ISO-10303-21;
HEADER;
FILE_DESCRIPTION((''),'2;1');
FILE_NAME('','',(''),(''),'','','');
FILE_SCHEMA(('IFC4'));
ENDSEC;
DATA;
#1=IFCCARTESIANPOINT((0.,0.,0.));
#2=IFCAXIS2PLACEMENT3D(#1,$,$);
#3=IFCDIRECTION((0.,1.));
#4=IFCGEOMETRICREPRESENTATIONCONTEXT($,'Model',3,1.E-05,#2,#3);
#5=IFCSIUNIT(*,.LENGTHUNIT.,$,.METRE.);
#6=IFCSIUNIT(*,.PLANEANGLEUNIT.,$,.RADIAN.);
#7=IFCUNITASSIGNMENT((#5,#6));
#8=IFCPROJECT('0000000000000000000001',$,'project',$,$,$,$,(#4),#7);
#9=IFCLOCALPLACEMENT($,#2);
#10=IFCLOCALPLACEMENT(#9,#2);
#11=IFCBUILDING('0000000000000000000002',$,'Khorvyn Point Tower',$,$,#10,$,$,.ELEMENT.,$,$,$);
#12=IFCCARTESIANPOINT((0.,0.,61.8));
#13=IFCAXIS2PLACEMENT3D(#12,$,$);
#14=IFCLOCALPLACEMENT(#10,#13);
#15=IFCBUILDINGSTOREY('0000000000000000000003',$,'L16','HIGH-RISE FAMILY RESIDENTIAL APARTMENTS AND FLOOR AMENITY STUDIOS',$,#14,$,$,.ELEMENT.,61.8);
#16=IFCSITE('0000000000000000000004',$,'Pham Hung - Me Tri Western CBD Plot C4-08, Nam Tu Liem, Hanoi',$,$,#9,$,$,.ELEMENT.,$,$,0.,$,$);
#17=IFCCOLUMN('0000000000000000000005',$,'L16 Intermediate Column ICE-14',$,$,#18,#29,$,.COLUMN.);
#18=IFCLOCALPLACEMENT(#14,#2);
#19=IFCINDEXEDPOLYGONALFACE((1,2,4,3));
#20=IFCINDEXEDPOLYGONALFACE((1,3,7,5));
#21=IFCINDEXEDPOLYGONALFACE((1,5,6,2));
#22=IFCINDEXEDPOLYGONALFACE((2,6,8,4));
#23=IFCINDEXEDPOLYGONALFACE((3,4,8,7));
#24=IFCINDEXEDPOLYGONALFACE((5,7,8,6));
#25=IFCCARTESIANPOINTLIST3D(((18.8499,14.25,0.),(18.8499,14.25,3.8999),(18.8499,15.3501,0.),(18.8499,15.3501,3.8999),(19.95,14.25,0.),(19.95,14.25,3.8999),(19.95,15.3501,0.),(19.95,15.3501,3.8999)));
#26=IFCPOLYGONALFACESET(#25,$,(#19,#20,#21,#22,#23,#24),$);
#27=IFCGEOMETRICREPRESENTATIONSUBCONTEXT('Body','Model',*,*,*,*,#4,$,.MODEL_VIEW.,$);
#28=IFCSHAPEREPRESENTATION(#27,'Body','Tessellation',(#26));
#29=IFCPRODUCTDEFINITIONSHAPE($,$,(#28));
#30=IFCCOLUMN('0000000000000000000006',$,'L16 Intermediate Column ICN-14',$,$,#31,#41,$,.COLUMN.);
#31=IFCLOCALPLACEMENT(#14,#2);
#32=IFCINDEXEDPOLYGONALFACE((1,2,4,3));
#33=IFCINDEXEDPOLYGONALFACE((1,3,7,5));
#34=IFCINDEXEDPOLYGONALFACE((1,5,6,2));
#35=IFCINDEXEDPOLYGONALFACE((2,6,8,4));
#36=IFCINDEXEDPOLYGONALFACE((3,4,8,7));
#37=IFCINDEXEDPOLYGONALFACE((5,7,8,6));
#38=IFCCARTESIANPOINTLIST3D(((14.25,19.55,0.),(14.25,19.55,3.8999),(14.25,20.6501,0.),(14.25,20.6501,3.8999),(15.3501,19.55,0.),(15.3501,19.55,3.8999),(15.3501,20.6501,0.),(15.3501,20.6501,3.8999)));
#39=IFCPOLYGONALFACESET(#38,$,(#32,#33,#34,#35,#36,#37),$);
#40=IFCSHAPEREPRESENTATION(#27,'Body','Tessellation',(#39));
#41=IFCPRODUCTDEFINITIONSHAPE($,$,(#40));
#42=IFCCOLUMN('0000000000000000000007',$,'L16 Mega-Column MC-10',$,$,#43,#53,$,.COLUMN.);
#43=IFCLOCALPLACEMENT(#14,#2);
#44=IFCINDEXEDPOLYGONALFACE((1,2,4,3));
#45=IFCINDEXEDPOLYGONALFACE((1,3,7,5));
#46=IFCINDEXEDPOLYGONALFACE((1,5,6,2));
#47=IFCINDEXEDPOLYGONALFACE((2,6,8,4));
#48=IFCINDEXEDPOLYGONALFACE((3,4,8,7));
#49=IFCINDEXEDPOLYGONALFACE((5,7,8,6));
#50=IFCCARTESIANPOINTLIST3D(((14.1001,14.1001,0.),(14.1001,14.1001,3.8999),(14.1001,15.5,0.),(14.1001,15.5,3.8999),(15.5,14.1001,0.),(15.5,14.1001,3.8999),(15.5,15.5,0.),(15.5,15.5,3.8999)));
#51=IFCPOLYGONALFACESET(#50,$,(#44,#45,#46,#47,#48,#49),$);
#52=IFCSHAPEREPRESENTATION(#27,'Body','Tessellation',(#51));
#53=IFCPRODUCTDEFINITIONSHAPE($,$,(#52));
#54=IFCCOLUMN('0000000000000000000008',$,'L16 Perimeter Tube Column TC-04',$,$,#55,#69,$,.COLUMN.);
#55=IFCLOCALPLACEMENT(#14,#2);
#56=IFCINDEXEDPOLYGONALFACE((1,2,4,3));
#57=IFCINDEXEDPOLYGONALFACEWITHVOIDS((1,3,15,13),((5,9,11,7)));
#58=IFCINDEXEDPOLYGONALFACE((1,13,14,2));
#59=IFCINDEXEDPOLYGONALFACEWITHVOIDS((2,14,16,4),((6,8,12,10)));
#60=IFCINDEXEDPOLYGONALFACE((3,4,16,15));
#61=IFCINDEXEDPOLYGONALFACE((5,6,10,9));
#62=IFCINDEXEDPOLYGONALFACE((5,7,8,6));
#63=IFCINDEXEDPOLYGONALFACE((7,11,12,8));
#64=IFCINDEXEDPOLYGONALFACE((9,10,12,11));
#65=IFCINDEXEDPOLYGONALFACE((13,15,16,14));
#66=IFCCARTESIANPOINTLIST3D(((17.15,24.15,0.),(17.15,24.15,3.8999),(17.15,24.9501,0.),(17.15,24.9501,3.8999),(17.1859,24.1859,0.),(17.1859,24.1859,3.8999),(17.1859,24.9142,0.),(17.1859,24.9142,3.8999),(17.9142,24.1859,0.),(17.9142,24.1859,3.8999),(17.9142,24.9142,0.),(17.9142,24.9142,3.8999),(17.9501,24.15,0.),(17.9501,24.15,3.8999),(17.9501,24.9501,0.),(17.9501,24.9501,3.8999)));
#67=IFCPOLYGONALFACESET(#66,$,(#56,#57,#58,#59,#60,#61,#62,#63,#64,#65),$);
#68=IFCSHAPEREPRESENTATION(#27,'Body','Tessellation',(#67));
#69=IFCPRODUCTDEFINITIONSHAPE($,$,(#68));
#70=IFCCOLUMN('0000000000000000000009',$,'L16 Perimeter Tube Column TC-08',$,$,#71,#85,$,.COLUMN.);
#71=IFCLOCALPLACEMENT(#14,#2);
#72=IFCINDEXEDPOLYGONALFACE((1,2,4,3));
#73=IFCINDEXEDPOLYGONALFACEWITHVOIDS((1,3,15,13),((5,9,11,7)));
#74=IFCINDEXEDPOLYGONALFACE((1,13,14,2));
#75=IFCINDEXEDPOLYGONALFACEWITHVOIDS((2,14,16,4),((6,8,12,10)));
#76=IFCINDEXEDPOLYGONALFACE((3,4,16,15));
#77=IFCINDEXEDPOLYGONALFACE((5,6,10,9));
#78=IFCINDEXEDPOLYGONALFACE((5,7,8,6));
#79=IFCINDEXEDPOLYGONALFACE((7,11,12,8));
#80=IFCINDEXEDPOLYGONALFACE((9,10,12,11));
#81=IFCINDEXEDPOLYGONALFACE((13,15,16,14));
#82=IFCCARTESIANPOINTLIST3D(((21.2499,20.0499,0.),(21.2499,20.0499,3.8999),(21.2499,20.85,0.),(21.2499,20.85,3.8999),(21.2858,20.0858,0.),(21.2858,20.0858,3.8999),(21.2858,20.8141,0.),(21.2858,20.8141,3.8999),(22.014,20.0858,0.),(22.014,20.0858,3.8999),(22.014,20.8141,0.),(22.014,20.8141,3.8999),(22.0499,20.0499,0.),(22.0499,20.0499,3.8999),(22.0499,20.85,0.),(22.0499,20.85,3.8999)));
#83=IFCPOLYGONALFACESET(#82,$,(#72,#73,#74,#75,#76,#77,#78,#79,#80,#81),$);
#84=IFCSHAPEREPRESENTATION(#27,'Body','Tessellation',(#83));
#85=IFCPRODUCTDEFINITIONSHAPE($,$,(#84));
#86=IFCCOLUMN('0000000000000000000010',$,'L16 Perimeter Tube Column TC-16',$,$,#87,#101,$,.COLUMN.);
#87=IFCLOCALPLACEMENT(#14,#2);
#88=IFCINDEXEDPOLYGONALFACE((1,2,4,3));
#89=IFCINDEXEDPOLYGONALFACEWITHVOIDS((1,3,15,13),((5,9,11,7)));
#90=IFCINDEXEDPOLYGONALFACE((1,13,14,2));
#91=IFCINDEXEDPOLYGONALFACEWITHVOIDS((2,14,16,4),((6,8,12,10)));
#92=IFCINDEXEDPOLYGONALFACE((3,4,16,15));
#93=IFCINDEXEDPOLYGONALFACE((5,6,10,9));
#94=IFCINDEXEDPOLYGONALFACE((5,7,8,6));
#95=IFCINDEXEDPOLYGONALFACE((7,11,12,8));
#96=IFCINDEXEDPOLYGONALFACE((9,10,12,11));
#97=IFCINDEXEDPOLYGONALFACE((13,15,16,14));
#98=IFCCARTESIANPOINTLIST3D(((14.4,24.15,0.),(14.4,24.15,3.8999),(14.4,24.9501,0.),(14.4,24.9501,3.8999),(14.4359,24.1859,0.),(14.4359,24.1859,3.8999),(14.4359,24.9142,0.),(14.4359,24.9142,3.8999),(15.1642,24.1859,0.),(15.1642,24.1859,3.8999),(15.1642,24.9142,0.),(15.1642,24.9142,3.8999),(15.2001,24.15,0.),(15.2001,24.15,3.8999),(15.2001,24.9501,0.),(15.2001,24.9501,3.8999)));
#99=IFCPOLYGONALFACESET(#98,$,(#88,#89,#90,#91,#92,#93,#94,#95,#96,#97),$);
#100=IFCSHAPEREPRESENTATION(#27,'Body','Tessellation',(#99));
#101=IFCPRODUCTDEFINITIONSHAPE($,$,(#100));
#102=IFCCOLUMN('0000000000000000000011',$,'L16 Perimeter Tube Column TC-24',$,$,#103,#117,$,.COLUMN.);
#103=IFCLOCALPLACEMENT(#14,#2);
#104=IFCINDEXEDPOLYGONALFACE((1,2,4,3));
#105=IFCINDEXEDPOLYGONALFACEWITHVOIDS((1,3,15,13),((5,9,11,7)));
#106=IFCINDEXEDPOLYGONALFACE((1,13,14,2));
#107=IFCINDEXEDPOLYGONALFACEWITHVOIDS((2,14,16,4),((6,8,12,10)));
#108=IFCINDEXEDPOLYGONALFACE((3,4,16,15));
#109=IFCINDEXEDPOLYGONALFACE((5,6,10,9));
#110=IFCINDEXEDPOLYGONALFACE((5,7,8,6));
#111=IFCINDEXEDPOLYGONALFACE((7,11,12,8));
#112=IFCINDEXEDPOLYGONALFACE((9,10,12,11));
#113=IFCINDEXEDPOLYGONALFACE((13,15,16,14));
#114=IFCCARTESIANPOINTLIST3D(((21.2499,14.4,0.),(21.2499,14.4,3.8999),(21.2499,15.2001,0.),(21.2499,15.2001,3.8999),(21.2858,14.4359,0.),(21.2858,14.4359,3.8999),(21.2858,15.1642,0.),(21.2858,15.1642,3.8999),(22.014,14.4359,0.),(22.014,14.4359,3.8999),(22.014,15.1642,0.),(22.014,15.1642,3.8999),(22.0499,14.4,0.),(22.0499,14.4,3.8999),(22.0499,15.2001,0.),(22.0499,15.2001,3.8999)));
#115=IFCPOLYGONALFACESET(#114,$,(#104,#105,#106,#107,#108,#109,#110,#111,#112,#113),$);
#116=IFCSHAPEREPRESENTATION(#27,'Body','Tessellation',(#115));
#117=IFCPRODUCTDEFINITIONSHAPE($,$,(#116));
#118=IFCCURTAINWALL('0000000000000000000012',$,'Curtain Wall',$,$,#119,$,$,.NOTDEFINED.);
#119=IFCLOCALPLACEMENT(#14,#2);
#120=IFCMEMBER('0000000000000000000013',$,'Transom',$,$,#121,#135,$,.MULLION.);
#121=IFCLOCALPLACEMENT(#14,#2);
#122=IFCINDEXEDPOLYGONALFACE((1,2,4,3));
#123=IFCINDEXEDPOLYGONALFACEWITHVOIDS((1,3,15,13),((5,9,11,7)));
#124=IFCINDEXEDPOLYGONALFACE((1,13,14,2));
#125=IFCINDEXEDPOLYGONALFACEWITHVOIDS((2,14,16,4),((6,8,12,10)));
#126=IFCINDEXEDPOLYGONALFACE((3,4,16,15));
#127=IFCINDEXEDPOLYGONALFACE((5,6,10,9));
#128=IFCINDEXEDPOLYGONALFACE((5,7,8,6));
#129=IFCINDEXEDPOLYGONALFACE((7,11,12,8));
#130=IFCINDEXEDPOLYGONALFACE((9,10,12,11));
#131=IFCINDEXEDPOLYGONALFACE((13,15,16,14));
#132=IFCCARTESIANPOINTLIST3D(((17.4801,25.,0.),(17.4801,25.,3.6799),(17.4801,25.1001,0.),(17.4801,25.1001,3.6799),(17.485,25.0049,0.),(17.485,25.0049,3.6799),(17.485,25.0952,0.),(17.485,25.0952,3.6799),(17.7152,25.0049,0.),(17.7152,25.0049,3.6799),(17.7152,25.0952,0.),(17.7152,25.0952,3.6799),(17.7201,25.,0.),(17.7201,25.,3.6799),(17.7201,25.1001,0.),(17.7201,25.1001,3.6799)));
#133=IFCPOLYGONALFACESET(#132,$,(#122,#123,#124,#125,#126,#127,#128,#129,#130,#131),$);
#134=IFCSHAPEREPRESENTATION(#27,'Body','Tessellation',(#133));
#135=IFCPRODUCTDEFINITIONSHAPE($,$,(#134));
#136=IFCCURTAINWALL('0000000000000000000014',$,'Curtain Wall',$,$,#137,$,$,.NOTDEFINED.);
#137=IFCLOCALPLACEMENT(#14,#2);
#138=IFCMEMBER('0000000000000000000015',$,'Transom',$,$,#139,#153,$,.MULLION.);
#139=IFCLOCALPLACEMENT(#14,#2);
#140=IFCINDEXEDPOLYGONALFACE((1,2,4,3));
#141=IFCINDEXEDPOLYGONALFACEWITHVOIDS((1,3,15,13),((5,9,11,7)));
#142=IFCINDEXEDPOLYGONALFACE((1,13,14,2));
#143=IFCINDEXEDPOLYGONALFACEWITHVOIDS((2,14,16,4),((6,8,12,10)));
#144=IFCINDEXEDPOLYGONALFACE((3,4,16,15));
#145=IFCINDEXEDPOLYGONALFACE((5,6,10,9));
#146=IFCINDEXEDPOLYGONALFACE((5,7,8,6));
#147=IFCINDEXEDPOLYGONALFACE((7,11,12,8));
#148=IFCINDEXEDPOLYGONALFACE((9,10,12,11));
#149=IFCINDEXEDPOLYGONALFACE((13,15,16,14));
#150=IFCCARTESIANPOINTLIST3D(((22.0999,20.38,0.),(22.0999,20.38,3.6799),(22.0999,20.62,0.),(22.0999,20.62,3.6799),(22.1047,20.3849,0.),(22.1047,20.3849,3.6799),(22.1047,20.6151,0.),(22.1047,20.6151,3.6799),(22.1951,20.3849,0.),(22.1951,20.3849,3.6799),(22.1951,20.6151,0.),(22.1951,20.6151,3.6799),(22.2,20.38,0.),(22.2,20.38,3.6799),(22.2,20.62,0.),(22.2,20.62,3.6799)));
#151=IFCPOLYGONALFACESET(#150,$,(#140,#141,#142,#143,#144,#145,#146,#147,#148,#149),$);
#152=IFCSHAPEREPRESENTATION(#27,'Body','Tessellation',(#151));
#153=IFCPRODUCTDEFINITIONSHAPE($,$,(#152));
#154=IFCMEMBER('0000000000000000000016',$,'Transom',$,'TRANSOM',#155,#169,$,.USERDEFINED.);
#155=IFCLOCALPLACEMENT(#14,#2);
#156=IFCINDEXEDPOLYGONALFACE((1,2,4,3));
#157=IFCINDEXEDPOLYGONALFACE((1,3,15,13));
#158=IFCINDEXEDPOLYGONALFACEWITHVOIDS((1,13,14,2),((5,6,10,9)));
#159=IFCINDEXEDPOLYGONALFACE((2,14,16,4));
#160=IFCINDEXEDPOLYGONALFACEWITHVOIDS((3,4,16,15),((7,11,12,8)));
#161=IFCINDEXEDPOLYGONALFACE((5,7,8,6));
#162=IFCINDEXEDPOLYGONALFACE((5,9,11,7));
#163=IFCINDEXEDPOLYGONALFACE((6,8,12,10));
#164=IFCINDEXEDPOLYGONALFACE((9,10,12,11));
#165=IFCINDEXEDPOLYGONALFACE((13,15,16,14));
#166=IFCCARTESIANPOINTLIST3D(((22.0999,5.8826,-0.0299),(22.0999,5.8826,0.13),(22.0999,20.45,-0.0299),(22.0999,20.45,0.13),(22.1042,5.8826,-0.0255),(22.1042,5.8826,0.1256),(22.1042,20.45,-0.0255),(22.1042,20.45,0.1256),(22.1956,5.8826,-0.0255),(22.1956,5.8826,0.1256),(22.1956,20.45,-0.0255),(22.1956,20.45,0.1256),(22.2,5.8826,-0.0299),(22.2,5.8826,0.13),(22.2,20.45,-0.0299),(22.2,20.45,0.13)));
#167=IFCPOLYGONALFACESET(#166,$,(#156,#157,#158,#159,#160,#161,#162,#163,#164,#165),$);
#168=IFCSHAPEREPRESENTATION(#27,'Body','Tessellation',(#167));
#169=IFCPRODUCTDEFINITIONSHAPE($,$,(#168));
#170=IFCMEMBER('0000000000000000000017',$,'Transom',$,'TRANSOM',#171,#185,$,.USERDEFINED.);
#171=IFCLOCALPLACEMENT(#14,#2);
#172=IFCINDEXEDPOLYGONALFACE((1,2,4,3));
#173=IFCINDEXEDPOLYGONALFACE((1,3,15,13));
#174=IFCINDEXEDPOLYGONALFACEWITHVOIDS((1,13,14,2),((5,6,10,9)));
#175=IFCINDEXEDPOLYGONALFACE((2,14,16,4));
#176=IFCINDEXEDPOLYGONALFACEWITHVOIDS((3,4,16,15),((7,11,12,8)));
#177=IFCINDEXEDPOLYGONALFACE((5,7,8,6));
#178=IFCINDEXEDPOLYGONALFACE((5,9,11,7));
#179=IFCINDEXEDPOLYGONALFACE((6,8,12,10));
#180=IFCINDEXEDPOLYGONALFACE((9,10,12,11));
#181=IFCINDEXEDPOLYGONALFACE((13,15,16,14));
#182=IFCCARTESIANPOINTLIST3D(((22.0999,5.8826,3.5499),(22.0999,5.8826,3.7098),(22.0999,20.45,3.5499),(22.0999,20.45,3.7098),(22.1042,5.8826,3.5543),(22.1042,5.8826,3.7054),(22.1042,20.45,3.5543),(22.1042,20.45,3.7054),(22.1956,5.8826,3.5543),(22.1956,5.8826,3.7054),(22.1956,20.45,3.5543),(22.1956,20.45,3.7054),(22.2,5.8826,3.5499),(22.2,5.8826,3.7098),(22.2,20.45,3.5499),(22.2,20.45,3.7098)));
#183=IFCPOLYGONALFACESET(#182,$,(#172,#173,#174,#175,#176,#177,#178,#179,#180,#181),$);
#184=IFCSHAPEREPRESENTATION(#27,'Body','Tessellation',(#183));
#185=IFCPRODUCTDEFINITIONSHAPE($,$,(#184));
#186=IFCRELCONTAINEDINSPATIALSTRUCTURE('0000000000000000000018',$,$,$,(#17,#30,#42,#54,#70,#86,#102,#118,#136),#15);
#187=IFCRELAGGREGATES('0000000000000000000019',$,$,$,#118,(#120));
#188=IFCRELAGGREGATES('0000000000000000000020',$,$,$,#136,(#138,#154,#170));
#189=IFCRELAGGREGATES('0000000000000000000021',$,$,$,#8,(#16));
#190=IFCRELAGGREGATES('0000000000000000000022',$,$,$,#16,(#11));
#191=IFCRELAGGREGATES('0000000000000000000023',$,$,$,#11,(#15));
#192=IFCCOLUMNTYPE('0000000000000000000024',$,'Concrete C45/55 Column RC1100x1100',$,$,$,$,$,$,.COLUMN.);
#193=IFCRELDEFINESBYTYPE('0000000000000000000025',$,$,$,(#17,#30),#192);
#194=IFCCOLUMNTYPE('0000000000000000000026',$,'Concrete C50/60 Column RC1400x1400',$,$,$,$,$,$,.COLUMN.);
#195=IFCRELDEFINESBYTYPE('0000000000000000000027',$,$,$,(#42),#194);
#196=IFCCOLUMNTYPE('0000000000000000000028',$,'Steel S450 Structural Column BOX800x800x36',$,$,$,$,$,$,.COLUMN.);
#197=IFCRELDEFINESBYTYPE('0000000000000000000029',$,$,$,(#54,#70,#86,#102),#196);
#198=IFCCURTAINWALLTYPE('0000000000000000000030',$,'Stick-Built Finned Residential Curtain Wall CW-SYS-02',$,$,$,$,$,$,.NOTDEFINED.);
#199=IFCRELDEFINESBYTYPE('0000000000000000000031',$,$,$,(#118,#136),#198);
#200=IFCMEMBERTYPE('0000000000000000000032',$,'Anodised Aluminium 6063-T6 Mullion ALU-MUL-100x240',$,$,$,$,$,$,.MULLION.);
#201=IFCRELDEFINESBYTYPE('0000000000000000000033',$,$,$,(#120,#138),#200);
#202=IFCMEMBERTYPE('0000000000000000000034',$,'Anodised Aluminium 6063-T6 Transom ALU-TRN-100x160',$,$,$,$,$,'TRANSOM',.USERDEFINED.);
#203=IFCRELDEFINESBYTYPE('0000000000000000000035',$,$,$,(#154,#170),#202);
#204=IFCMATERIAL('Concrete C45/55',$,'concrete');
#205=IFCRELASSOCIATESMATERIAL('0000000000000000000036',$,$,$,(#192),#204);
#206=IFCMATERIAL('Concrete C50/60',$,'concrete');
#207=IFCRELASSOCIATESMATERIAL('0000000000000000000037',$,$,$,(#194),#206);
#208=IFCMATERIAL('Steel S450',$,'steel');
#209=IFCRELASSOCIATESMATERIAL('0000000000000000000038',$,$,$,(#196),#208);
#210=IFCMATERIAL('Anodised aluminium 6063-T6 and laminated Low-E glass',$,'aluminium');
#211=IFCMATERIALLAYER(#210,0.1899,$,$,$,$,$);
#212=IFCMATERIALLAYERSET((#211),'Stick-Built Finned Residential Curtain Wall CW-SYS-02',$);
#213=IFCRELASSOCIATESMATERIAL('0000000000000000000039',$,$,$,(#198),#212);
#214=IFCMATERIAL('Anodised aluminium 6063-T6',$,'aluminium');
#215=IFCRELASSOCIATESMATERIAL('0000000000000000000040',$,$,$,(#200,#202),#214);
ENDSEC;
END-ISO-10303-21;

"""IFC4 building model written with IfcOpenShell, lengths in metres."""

from ifc_helpers import new_model, si_unit, direction, frame, origin, origin_2d, place, context, subcontext, project, spatial, rectangle, hollow_rectangle, extrude, material, layer, layer_set, material_profile, profile_set, type_object, element, aggregate, save


model = new_model("IFC4")

# Units and contexts
model_context = context("Model", 3, precision=1e-05, world=origin(), true_north=direction((0.0, 1.0)))
body_context = subcontext(model_context, "Body", "Model", "MODEL_VIEW")
ifc_project = project(units=[si_unit("LENGTHUNIT", "METRE"), si_unit("PLANEANGLEUNIT", "RADIAN")], contexts=[model_context])

# Site, building, storey
site_placement = place(None, origin())
site = spatial("IfcSite", under=ifc_project, at=site_placement, Name="Pham Hung - Me Tri Western CBD Plot C4-08, Nam Tu Liem, Hanoi", CompositionType="ELEMENT", RefElevation=0.0)
building_placement = place(site_placement, origin())
building = spatial("IfcBuilding", under=site, at=building_placement, Name="Khorvyn Point Tower", CompositionType="ELEMENT")
storey_placement = place(building_placement, frame((0.0, 0.0, 61.8)))
storey = spatial("IfcBuildingStorey", under=building, at=storey_placement, Name="L16", Description="HIGH-RISE FAMILY RESIDENTIAL APARTMENTS AND FLOOR AMENITY STUDIOS", CompositionType="ELEMENT", Elevation=61.8)

# Columns
ifc_material_1 = material(Name="Concrete C45/55", Category="concrete")
ifc_material_profile_1 = material_profile(ifc_material_1, rectangle(XDim=1.1001, YDim=1.1001, at=origin_2d()))
ifc_profile_set_1 = profile_set([ifc_material_profile_1], Name="Concrete C45/55 RC1100x1100")
column_type_1 = type_object("IfcColumnType", Name="Concrete C45/55 Column RC1100x1100", PredefinedType="COLUMN", material=ifc_profile_set_1)
for number, where, z_axis, x_axis, name in (
    (1, (19.3999, 14.8, 0.0), (0.0, 0.0, 1.0), (1.0, 0.0, 0.0), "L16 Intermediate Column ICE-14"),
    (2, (14.8, 20.1001, 0.0), (0.0, 0.0, 1.0), (1.0, 0.0, 0.0), "L16 Intermediate Column ICN-14"),
):
    element("IfcColumn", number, at=place(storey_placement, frame(where, z_axis=z_axis, x_axis=x_axis)), inside=storey, type_object=column_type_1, Name=name, PredefinedType="COLUMN", context=body_context, shape_type="SweptSolid", body=[
        extrude(rectangle(XDim=1.1001, YDim=1.1001, at=origin_2d()), origin(), (0.0, 0.0, 1.0), 3.8999),
    ])
ifc_material_2 = material(Name="Concrete C50/60", Category="concrete")
ifc_material_profile_2 = material_profile(ifc_material_2, rectangle(XDim=1.3999, YDim=1.3999, at=origin_2d()))
ifc_profile_set_2 = profile_set([ifc_material_profile_2], Name="Concrete C50/60 RC1400x1400")
column_type_2 = type_object("IfcColumnType", Name="Concrete C50/60 Column RC1400x1400", PredefinedType="COLUMN", material=ifc_profile_set_2)
column_placement = place(storey_placement, frame((14.8, 14.8, 0.0), z_axis=(0.0, 0.0, 1.0), x_axis=(1.0, 0.0, 0.0)))
element("IfcColumn", 3, at=column_placement, inside=storey, type_object=column_type_2, Name="L16 Mega-Column MC-10", PredefinedType="COLUMN", context=body_context, shape_type="SweptSolid", body=[
    extrude(rectangle(XDim=1.3999, YDim=1.3999, at=origin_2d()), origin(), (0.0, 0.0, 1.0), 3.8999),
])
ifc_material_3 = material(Name="Steel S450", Category="steel")
ifc_material_profile_3 = material_profile(ifc_material_3, hollow_rectangle(XDim=0.8, YDim=0.8, WallThickness=0.0359, at=origin_2d()))
ifc_profile_set_3 = profile_set([ifc_material_profile_3], Name="Steel S450 BOX800x800x36")
column_type_3 = type_object("IfcColumnType", Name="Steel S450 Structural Column BOX800x800x36", PredefinedType="COLUMN", material=ifc_profile_set_3)
for number, where, z_axis, x_axis, name in (
    (4, (17.55, 24.55, 0.0), (0.0, 0.0, 1.0), (1.0, 0.0, 0.0), "L16 Perimeter Tube Column TC-04"),
    (5, (21.6499, 20.45, 0.0), (0.0, 0.0, 1.0), (1.0, 0.0, 0.0), "L16 Perimeter Tube Column TC-08"),
    (6, (14.8, 24.55, 0.0), (0.0, 0.0, 1.0), (1.0, 0.0, 0.0), "L16 Perimeter Tube Column TC-16"),
    (7, (21.6499, 14.8, 0.0), (0.0, 0.0, 1.0), (1.0, 0.0, 0.0), "L16 Perimeter Tube Column TC-24"),
):
    element("IfcColumn", number, at=place(storey_placement, frame(where, z_axis=z_axis, x_axis=x_axis)), inside=storey, type_object=column_type_3, Name=name, PredefinedType="COLUMN", context=body_context, shape_type="SweptSolid", body=[
        extrude(hollow_rectangle(XDim=0.8, YDim=0.8, WallThickness=0.0359, at=origin_2d()), origin(), (0.0, 0.0, 1.0), 3.8999),
    ])

# Curtain wall, member
ifc_material_4 = material(Name="Anodised aluminium 6063-T6 and laminated Low-E glass", Category="aluminium")
ifc_layer_1 = layer(ifc_material_4, 0.1899)
ifc_layer_set_1 = layer_set([ifc_layer_1], Name="Stick-Built Finned Residential Curtain Wall CW-SYS-02")
curtain_wall_type = type_object("IfcCurtainWallType", Name="Stick-Built Finned Residential Curtain Wall CW-SYS-02", PredefinedType="NOTDEFINED", material=ifc_layer_set_1)
curtain_wall_1_placement = place(storey_placement, origin())
curtain_wall_1 = element("IfcCurtainWall", 8, at=curtain_wall_1_placement, inside=storey, type_object=curtain_wall_type, Name="Curtain Wall", PredefinedType="NOTDEFINED")
ifc_material_5 = material(Name="Anodised aluminium 6063-T6", Category="aluminium")
ifc_material_profile_4 = material_profile(ifc_material_5, hollow_rectangle(XDim=0.1001, YDim=0.24, WallThickness=0.0049, at=origin_2d()))
ifc_profile_set_4 = profile_set([ifc_material_profile_4], Name="Anodised aluminium 6063-T6 ALU-MUL-100x240")
member_type_1 = type_object("IfcMemberType", Name="Anodised Aluminium 6063-T6 Mullion ALU-MUL-100x240", PredefinedType="MULLION", material=ifc_profile_set_4)
member_1_placement = place(storey_placement, frame((17.6001, 25.05, 0.0), z_axis=(0.0, 0.0, 1.0), x_axis=(0.0, 1.0, 0.0)))
member_1 = element("IfcMember", 9, at=member_1_placement, type_object=member_type_1, Name="Transom", PredefinedType="MULLION", context=body_context, shape_type="SweptSolid", body=[
    extrude(hollow_rectangle(XDim=0.1001, YDim=0.24, WallThickness=0.0049, at=origin_2d()), origin(), (0.0, 0.0, 1.0), 3.6799),
])

# Curtain wall, members
curtain_wall_2_placement = place(storey_placement, origin())
curtain_wall_2 = element("IfcCurtainWall", 10, at=curtain_wall_2_placement, inside=storey, type_object=curtain_wall_type, Name="Curtain Wall", PredefinedType="NOTDEFINED")
member_2_placement = place(storey_placement, frame((22.1499, 20.5, 0.0), z_axis=(0.0, 0.0, 1.0), x_axis=(1.0, 0.0, 0.0)))
member_2 = element("IfcMember", 11, at=member_2_placement, type_object=member_type_1, Name="Transom", PredefinedType="MULLION", context=body_context, shape_type="SweptSolid", body=[
    extrude(hollow_rectangle(XDim=0.1001, YDim=0.24, WallThickness=0.0049, at=origin_2d()), origin(), (0.0, 0.0, 1.0), 3.6799),
])
ifc_material_profile_5 = material_profile(ifc_material_5, hollow_rectangle(XDim=0.1001, YDim=0.1599, WallThickness=0.0044, at=origin_2d()))
ifc_profile_set_5 = profile_set([ifc_material_profile_5], Name="Anodised aluminium 6063-T6 ALU-TRN-100x160")
member_type_2 = type_object("IfcMemberType", Name="Anodised Aluminium 6063-T6 Transom ALU-TRN-100x160", ElementType="TRANSOM", PredefinedType="USERDEFINED", material=ifc_profile_set_5)
member_3_placement = place(storey_placement, frame((22.1499, 20.45, 0.05), z_axis=(0.0, -1.0, 0.0), x_axis=(1.0, 0.0, 0.0)))
member_3 = element("IfcMember", 12, at=member_3_placement, type_object=member_type_2, Name="Transom", ObjectType="TRANSOM", PredefinedType="USERDEFINED", context=body_context, shape_type="SweptSolid", body=[
    extrude(hollow_rectangle(XDim=0.1001, YDim=0.1599, WallThickness=0.0044, at=origin_2d()), origin(), (0.0, 0.0, 1.0), 14.5674),
])
member_4_placement = place(storey_placement, frame((22.1499, 20.45, 3.6299), z_axis=(0.0, -1.0, 0.0), x_axis=(1.0, 0.0, 0.0)))
member_4 = element("IfcMember", 13, at=member_4_placement, type_object=member_type_2, Name="Transom", ObjectType="TRANSOM", PredefinedType="USERDEFINED", context=body_context, shape_type="SweptSolid", body=[
    extrude(hollow_rectangle(XDim=0.1001, YDim=0.1599, WallThickness=0.0044, at=origin_2d()), origin(), (0.0, 0.0, 1.0), 14.5674),
])

aggregate(curtain_wall_1, [member_1])
aggregate(curtain_wall_2, [member_2, member_3, member_4])

save(model, "model.ifc")
